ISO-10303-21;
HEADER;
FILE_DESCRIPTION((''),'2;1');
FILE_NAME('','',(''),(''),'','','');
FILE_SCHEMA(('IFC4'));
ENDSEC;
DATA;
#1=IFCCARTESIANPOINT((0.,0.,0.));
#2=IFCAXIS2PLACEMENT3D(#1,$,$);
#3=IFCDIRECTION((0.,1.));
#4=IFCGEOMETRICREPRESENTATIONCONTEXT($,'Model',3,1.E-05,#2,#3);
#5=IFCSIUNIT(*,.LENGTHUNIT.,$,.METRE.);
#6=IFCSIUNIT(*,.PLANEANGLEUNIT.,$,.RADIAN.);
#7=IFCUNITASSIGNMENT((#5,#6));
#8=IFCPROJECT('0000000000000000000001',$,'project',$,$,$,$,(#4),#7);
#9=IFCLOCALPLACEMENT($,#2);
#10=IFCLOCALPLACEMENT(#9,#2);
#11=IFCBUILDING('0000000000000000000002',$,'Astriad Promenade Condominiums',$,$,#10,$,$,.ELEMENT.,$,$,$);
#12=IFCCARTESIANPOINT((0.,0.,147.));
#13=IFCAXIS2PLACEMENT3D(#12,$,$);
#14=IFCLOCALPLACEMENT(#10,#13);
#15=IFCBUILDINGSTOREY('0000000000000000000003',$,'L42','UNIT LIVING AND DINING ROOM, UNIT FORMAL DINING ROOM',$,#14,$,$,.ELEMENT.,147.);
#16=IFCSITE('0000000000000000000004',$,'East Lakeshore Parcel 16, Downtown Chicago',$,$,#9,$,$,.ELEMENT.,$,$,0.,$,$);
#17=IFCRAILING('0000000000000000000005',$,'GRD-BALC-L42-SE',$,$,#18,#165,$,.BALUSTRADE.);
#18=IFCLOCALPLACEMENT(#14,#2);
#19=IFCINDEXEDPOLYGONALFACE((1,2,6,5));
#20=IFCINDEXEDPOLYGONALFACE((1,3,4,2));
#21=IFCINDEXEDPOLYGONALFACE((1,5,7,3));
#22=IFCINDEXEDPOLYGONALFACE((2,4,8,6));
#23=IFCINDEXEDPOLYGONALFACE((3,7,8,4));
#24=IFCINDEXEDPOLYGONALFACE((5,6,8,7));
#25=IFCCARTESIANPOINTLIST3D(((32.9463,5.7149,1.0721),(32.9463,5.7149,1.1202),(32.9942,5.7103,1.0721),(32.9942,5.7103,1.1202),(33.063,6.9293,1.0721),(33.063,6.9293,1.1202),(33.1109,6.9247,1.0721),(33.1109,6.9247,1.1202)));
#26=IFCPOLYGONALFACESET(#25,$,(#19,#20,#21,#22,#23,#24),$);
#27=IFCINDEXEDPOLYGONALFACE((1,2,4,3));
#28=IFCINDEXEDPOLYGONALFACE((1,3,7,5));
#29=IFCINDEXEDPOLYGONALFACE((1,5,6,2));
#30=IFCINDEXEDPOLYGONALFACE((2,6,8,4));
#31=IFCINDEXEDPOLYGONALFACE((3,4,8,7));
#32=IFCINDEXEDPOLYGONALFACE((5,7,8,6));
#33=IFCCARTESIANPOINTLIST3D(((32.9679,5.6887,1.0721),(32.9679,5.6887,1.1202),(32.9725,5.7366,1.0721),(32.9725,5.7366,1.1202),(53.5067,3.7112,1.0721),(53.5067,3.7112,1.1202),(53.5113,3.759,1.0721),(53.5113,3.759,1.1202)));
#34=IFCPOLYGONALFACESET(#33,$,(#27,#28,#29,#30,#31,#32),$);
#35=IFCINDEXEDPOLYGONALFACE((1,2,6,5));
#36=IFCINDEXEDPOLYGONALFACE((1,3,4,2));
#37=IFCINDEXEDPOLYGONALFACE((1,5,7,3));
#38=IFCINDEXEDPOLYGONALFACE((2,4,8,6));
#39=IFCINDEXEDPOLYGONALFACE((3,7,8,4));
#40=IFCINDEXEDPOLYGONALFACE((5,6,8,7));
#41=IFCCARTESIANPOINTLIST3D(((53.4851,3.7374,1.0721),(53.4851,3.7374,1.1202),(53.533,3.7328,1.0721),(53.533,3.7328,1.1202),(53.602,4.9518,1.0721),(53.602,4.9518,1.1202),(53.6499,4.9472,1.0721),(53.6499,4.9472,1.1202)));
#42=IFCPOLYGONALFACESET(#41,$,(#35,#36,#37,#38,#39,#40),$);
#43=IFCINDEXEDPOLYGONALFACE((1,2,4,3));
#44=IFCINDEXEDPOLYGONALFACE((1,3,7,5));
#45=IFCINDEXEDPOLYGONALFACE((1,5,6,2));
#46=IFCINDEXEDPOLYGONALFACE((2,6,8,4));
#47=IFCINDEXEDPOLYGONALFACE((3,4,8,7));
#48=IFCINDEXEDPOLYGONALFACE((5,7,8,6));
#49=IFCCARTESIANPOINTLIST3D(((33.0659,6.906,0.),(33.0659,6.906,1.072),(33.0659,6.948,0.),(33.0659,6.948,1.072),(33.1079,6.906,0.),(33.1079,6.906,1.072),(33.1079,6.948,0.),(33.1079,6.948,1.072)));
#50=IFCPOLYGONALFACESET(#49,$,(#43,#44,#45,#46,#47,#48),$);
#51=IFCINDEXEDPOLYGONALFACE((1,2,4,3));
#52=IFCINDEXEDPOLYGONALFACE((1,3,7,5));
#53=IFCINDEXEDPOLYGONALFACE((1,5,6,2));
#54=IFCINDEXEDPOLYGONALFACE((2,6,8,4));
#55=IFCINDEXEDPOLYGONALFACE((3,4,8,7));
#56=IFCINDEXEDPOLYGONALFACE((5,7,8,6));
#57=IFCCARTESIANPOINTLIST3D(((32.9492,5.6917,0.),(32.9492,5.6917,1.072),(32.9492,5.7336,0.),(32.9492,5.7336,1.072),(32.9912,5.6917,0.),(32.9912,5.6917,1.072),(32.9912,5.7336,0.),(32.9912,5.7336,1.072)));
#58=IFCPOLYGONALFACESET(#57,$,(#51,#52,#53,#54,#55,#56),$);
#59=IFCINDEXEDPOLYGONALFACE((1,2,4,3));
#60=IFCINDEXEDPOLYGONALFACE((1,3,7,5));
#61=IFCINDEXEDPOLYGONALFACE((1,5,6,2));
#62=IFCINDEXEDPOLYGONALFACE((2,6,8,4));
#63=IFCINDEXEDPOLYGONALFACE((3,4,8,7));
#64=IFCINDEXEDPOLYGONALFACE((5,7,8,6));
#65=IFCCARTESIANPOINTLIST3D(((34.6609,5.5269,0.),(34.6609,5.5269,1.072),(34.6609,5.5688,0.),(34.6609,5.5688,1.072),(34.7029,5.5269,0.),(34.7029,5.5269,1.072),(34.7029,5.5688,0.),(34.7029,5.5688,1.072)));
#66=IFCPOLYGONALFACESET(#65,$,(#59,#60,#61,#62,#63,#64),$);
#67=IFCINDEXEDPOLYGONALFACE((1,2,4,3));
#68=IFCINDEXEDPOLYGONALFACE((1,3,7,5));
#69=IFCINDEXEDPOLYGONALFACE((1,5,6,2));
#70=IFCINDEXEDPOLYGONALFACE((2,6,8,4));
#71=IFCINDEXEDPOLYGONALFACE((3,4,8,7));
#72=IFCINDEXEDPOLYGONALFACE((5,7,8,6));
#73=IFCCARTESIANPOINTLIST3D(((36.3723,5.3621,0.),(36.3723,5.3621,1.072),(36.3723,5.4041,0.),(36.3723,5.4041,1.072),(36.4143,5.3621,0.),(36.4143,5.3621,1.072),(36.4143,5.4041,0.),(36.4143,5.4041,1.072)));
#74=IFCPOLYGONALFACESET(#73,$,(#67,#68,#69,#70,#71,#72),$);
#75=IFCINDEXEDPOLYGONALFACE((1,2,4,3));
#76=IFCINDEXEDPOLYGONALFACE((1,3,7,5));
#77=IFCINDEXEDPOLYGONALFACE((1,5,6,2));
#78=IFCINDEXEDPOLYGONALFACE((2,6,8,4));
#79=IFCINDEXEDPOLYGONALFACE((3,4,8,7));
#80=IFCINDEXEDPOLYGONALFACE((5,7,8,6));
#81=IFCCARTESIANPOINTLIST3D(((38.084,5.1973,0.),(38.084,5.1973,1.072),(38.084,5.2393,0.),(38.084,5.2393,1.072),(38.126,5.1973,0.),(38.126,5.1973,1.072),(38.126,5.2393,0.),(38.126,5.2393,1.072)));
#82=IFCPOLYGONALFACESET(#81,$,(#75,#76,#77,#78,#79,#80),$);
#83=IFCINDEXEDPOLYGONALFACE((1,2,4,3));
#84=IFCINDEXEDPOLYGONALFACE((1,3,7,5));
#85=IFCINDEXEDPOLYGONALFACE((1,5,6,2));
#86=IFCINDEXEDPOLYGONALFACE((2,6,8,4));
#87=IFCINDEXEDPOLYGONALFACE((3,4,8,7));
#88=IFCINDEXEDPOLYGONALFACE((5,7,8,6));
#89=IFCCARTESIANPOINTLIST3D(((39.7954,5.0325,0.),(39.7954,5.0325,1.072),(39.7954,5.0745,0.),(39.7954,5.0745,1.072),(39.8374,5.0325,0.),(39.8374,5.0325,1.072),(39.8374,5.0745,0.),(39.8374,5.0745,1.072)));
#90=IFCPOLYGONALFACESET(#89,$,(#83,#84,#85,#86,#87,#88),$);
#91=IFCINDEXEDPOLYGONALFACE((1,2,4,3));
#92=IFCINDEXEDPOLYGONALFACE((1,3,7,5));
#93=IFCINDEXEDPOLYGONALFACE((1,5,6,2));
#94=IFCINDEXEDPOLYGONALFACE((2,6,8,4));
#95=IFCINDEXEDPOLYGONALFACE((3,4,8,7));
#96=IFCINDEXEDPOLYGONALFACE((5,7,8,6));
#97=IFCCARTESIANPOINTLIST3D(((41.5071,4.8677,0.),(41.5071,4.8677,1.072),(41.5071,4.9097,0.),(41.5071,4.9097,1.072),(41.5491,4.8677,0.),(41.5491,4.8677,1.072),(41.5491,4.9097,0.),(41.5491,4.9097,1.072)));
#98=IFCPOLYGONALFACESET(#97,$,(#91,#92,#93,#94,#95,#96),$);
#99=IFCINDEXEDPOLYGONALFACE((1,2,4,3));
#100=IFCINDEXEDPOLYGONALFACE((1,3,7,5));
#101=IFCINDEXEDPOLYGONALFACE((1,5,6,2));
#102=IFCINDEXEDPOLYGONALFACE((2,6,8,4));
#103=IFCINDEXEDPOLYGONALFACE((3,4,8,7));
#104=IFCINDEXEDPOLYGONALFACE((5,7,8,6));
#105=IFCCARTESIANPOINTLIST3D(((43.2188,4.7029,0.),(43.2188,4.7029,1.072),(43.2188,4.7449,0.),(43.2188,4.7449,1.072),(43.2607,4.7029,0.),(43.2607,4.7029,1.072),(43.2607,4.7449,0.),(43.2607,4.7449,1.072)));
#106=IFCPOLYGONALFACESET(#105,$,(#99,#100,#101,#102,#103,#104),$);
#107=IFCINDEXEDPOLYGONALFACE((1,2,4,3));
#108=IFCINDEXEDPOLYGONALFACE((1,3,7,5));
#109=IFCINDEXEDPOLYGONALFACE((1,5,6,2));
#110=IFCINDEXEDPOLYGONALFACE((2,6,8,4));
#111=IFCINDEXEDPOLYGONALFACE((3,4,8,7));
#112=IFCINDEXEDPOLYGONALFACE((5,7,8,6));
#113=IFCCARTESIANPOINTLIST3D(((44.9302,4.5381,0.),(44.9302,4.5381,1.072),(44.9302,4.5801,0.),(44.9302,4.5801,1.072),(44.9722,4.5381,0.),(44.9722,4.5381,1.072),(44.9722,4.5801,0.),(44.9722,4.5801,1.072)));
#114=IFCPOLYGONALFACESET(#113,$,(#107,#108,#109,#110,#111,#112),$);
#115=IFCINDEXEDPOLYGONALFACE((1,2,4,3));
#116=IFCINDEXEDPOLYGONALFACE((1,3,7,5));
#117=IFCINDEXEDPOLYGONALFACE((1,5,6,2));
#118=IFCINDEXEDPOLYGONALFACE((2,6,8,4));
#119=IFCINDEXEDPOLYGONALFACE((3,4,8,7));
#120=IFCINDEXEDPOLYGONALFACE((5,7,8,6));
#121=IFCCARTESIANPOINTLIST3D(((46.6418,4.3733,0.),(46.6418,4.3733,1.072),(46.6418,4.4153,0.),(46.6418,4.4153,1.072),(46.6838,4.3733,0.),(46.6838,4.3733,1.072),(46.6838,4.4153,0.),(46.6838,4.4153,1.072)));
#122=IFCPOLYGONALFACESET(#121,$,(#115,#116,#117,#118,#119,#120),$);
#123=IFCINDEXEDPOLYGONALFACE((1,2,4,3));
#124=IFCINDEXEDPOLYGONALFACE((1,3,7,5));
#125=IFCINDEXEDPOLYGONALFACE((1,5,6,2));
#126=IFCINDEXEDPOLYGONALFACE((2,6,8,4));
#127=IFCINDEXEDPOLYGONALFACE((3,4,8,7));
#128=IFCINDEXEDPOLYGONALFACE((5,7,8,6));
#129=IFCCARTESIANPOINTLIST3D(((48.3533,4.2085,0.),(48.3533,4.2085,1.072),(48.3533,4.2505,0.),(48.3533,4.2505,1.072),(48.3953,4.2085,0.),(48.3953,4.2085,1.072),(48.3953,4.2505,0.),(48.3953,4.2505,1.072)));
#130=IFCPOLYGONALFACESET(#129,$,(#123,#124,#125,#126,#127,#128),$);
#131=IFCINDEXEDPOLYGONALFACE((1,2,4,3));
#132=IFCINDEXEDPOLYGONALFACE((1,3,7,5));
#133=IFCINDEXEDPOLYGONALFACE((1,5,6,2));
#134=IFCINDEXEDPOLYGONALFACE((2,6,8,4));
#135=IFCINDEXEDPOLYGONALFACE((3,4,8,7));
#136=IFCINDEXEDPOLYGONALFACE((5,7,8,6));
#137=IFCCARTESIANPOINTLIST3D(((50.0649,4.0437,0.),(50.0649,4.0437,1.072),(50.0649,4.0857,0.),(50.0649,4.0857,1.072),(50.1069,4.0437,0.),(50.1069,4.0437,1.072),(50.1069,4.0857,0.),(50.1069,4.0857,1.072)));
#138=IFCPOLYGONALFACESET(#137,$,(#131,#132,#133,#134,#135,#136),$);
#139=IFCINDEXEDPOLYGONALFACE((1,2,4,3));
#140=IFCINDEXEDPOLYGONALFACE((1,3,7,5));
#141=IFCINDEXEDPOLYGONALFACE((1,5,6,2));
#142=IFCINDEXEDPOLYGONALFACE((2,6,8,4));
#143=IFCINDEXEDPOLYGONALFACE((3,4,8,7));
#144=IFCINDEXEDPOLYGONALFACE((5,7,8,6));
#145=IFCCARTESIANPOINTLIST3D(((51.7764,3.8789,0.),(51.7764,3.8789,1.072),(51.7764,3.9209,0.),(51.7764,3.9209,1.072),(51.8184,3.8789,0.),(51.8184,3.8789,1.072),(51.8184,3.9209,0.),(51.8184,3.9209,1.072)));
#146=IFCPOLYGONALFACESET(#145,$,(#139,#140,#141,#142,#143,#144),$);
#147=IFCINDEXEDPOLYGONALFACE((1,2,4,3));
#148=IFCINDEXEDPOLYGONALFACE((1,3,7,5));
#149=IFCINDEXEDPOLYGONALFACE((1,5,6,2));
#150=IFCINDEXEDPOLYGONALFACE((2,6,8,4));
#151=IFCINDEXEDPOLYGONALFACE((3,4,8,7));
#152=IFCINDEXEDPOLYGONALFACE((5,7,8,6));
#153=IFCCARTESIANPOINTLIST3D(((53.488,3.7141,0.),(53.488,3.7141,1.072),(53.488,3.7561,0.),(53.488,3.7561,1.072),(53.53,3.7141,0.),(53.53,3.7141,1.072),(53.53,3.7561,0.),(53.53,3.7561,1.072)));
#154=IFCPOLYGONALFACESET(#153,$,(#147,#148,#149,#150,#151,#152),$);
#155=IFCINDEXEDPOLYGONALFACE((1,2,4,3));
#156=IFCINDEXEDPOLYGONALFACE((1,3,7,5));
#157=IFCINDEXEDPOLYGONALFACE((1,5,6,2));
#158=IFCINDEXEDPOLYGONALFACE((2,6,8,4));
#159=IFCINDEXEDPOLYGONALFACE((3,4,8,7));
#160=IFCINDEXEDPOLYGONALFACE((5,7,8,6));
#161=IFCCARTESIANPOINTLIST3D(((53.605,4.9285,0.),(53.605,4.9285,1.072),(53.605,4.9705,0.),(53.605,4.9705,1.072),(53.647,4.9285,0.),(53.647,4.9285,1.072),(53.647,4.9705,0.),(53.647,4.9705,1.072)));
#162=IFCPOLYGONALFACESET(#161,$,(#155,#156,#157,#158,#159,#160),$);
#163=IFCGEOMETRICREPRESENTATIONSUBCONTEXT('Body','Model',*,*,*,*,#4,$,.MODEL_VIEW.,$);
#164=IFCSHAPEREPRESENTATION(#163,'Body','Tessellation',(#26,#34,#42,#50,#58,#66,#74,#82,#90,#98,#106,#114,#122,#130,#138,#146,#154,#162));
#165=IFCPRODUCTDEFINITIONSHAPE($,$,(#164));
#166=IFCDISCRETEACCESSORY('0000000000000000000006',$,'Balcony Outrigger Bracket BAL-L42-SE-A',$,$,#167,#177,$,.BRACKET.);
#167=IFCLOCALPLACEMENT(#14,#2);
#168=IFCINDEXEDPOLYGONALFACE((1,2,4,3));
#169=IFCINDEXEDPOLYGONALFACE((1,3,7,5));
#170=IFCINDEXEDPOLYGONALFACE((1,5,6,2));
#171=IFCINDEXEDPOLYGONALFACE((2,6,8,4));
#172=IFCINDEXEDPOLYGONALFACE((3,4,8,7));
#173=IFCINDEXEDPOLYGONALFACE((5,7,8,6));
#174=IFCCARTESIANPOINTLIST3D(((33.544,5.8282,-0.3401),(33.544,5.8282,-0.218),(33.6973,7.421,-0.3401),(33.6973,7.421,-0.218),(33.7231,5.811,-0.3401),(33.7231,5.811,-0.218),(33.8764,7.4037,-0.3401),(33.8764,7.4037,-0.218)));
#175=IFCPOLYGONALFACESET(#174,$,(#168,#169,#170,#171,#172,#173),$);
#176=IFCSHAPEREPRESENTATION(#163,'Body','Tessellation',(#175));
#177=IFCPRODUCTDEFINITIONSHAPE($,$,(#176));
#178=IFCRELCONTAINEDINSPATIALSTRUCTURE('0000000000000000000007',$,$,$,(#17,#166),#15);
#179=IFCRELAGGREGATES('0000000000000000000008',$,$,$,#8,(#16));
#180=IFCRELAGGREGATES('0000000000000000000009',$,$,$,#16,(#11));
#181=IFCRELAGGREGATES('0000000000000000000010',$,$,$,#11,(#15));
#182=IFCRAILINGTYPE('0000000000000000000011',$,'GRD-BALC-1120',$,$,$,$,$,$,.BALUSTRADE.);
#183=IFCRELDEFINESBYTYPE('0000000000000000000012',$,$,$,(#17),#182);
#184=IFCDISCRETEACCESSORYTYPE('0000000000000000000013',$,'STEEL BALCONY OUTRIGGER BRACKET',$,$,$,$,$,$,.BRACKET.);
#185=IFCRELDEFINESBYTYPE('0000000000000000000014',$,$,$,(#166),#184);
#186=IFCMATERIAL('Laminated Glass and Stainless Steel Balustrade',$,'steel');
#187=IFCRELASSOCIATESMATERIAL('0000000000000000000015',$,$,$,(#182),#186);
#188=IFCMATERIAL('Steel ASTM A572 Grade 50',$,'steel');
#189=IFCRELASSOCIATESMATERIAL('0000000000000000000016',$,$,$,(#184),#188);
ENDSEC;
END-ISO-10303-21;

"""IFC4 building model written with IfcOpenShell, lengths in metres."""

from ifc_helpers import new_model, si_unit, direction, frame, origin, origin_2d, place, context, subcontext, project, spatial, rectangle, extrude, source, transform, mapped, material, type_object, type_shapes, element, save


model = new_model("IFC4")

# Units and contexts
model_context = context("Model", 3, precision=1e-05, world=origin(), true_north=direction((0.0, 1.0)))
body_context = subcontext(model_context, "Body", "Model", "MODEL_VIEW")
ifc_project = project(units=[si_unit("LENGTHUNIT", "METRE"), si_unit("PLANEANGLEUNIT", "RADIAN")], contexts=[model_context])

# Site, building, storey
site_placement = place(None, origin())
site = spatial("IfcSite", under=ifc_project, at=site_placement, Name="East Lakeshore Parcel 16, Downtown Chicago", CompositionType="ELEMENT", RefElevation=0.0)
building_placement = place(site_placement, origin())
building = spatial("IfcBuilding", under=site, at=building_placement, Name="Astriad Promenade Condominiums", CompositionType="ELEMENT")
storey_placement = place(building_placement, frame((0.0, 0.0, 147.0)))
storey = spatial("IfcBuildingStorey", under=building, at=storey_placement, Name="L42", Description="UNIT LIVING AND DINING ROOM, UNIT FORMAL DINING ROOM", CompositionType="ELEMENT", Elevation=147.0)

# Railing
ifc_material_1 = material(Name="Laminated Glass and Stainless Steel Balustrade", Category="steel")
railing_type = type_object("IfcRailingType", Name="GRD-BALC-1120", PredefinedType="BALUSTRADE", material=ifc_material_1)
shared_shape_1 = source(origin(), body_context, "Body", "SweptSolid", [
    extrude(rectangle(XDim=0.0481, YDim=0.0481, at=origin_2d()), frame((0.0, 0.0, 1.0962), z_axis=(-0.095659, -0.995414, 0.0), x_axis=(0.995414, -0.095659, 0.0)), (0.0, 0.0, 1.0), 1.22),
    extrude(rectangle(XDim=0.0481, YDim=0.0481, at=origin_2d()), frame((-0.1167, -1.2144, 1.0962), z_axis=(0.995397, -0.09584, 0.0), x_axis=(0.09584, 0.995397, 0.0)), (0.0, 0.0, 1.0), 20.6338),
    extrude(rectangle(XDim=0.0481, YDim=0.0481, at=origin_2d()), frame((20.4221, -3.1919, 1.0962), z_axis=(0.095857, 0.995395, 0.0), x_axis=(-0.995395, 0.095857, 0.0)), (0.0, 0.0, 1.0), 1.22),
    extrude(rectangle(XDim=0.042, YDim=0.042, at=origin_2d()), origin(), (0.0, 0.0, 1.0), 1.072),
    extrude(rectangle(XDim=0.042, YDim=0.042, at=origin_2d()), frame((-0.1167, -1.2144, 0.0)), (0.0, 0.0, 1.0), 1.072),
    extrude(rectangle(XDim=0.042, YDim=0.042, at=origin_2d()), frame((1.595, -1.3792, 0.0)), (0.0, 0.0, 1.0), 1.072),
    extrude(rectangle(XDim=0.042, YDim=0.042, at=origin_2d()), frame((3.3064, -1.5439, 0.0)), (0.0, 0.0, 1.0), 1.072),
    extrude(rectangle(XDim=0.042, YDim=0.042, at=origin_2d()), frame((5.0181, -1.7087, 0.0)), (0.0, 0.0, 1.0), 1.072),
    extrude(rectangle(XDim=0.042, YDim=0.042, at=origin_2d()), frame((6.7295, -1.8735, 0.0)), (0.0, 0.0, 1.0), 1.072),
    extrude(rectangle(XDim=0.042, YDim=0.042, at=origin_2d()), frame((8.4412, -2.0383, 0.0)), (0.0, 0.0, 1.0), 1.072),
    extrude(rectangle(XDim=0.042, YDim=0.042, at=origin_2d()), frame((10.1528, -2.2031, 0.0)), (0.0, 0.0, 1.0), 1.072),
    extrude(rectangle(XDim=0.042, YDim=0.042, at=origin_2d()), frame((11.8643, -2.3679, 0.0)), (0.0, 0.0, 1.0), 1.072),
    extrude(rectangle(XDim=0.042, YDim=0.042, at=origin_2d()), frame((13.5759, -2.5327, 0.0)), (0.0, 0.0, 1.0), 1.072),
    extrude(rectangle(XDim=0.042, YDim=0.042, at=origin_2d()), frame((15.2874, -2.6975, 0.0)), (0.0, 0.0, 1.0), 1.072),
    extrude(rectangle(XDim=0.042, YDim=0.042, at=origin_2d()), frame((16.999, -2.8623, 0.0)), (0.0, 0.0, 1.0), 1.072),
    extrude(rectangle(XDim=0.042, YDim=0.042, at=origin_2d()), frame((18.7104, -3.0271, 0.0)), (0.0, 0.0, 1.0), 1.072),
    extrude(rectangle(XDim=0.042, YDim=0.042, at=origin_2d()), frame((20.4221, -3.1919, 0.0)), (0.0, 0.0, 1.0), 1.072),
    extrude(rectangle(XDim=0.042, YDim=0.042, at=origin_2d()), frame((20.5391, -1.9775, 0.0)), (0.0, 0.0, 1.0), 1.072),
])
type_shapes(railing_type, [shared_shape_1])
railing_placement = place(storey_placement, frame((33.0869, 6.927, 0.0)))
element("IfcRailing", 1, at=railing_placement, inside=storey, type_object=railing_type, Name="GRD-BALC-L42-SE", PredefinedType="BALUSTRADE", context=body_context, shape_type="MappedRepresentation", body=[
    mapped(shared_shape_1, transform((0.0, 0.0, 0.0), scale=1.0)),
])

# Discrete accessory
ifc_material_2 = material(Name="Steel ASTM A572 Grade 50", Category="steel")
discrete_accessory_type = type_object("IfcDiscreteAccessoryType", Name="STEEL BALCONY OUTRIGGER BRACKET", PredefinedType="BRACKET", material=ifc_material_2)
shared_shape_2 = source(origin(), body_context, "Body", "SweptSolid", [
    extrude(rectangle(XDim=1.6001, YDim=0.1799, at=origin_2d()), origin(), (0.0, 0.0, 1.0), 0.1221),
])
type_shapes(discrete_accessory_type, [shared_shape_2])
discrete_accessory_placement = place(storey_placement, frame((33.7102, 6.616, -0.3401), z_axis=(0.0, 0.0, 1.0), x_axis=(-0.095846, -0.995396, 0.0)))
element("IfcDiscreteAccessory", 2, at=discrete_accessory_placement, inside=storey, type_object=discrete_accessory_type, Name="Balcony Outrigger Bracket BAL-L42-SE-A", PredefinedType="BRACKET", context=body_context, shape_type="MappedRepresentation", body=[
    mapped(shared_shape_2, transform((0.0, 0.0, 0.0), scale=1.0)),
])

save(model, "model.ifc")
